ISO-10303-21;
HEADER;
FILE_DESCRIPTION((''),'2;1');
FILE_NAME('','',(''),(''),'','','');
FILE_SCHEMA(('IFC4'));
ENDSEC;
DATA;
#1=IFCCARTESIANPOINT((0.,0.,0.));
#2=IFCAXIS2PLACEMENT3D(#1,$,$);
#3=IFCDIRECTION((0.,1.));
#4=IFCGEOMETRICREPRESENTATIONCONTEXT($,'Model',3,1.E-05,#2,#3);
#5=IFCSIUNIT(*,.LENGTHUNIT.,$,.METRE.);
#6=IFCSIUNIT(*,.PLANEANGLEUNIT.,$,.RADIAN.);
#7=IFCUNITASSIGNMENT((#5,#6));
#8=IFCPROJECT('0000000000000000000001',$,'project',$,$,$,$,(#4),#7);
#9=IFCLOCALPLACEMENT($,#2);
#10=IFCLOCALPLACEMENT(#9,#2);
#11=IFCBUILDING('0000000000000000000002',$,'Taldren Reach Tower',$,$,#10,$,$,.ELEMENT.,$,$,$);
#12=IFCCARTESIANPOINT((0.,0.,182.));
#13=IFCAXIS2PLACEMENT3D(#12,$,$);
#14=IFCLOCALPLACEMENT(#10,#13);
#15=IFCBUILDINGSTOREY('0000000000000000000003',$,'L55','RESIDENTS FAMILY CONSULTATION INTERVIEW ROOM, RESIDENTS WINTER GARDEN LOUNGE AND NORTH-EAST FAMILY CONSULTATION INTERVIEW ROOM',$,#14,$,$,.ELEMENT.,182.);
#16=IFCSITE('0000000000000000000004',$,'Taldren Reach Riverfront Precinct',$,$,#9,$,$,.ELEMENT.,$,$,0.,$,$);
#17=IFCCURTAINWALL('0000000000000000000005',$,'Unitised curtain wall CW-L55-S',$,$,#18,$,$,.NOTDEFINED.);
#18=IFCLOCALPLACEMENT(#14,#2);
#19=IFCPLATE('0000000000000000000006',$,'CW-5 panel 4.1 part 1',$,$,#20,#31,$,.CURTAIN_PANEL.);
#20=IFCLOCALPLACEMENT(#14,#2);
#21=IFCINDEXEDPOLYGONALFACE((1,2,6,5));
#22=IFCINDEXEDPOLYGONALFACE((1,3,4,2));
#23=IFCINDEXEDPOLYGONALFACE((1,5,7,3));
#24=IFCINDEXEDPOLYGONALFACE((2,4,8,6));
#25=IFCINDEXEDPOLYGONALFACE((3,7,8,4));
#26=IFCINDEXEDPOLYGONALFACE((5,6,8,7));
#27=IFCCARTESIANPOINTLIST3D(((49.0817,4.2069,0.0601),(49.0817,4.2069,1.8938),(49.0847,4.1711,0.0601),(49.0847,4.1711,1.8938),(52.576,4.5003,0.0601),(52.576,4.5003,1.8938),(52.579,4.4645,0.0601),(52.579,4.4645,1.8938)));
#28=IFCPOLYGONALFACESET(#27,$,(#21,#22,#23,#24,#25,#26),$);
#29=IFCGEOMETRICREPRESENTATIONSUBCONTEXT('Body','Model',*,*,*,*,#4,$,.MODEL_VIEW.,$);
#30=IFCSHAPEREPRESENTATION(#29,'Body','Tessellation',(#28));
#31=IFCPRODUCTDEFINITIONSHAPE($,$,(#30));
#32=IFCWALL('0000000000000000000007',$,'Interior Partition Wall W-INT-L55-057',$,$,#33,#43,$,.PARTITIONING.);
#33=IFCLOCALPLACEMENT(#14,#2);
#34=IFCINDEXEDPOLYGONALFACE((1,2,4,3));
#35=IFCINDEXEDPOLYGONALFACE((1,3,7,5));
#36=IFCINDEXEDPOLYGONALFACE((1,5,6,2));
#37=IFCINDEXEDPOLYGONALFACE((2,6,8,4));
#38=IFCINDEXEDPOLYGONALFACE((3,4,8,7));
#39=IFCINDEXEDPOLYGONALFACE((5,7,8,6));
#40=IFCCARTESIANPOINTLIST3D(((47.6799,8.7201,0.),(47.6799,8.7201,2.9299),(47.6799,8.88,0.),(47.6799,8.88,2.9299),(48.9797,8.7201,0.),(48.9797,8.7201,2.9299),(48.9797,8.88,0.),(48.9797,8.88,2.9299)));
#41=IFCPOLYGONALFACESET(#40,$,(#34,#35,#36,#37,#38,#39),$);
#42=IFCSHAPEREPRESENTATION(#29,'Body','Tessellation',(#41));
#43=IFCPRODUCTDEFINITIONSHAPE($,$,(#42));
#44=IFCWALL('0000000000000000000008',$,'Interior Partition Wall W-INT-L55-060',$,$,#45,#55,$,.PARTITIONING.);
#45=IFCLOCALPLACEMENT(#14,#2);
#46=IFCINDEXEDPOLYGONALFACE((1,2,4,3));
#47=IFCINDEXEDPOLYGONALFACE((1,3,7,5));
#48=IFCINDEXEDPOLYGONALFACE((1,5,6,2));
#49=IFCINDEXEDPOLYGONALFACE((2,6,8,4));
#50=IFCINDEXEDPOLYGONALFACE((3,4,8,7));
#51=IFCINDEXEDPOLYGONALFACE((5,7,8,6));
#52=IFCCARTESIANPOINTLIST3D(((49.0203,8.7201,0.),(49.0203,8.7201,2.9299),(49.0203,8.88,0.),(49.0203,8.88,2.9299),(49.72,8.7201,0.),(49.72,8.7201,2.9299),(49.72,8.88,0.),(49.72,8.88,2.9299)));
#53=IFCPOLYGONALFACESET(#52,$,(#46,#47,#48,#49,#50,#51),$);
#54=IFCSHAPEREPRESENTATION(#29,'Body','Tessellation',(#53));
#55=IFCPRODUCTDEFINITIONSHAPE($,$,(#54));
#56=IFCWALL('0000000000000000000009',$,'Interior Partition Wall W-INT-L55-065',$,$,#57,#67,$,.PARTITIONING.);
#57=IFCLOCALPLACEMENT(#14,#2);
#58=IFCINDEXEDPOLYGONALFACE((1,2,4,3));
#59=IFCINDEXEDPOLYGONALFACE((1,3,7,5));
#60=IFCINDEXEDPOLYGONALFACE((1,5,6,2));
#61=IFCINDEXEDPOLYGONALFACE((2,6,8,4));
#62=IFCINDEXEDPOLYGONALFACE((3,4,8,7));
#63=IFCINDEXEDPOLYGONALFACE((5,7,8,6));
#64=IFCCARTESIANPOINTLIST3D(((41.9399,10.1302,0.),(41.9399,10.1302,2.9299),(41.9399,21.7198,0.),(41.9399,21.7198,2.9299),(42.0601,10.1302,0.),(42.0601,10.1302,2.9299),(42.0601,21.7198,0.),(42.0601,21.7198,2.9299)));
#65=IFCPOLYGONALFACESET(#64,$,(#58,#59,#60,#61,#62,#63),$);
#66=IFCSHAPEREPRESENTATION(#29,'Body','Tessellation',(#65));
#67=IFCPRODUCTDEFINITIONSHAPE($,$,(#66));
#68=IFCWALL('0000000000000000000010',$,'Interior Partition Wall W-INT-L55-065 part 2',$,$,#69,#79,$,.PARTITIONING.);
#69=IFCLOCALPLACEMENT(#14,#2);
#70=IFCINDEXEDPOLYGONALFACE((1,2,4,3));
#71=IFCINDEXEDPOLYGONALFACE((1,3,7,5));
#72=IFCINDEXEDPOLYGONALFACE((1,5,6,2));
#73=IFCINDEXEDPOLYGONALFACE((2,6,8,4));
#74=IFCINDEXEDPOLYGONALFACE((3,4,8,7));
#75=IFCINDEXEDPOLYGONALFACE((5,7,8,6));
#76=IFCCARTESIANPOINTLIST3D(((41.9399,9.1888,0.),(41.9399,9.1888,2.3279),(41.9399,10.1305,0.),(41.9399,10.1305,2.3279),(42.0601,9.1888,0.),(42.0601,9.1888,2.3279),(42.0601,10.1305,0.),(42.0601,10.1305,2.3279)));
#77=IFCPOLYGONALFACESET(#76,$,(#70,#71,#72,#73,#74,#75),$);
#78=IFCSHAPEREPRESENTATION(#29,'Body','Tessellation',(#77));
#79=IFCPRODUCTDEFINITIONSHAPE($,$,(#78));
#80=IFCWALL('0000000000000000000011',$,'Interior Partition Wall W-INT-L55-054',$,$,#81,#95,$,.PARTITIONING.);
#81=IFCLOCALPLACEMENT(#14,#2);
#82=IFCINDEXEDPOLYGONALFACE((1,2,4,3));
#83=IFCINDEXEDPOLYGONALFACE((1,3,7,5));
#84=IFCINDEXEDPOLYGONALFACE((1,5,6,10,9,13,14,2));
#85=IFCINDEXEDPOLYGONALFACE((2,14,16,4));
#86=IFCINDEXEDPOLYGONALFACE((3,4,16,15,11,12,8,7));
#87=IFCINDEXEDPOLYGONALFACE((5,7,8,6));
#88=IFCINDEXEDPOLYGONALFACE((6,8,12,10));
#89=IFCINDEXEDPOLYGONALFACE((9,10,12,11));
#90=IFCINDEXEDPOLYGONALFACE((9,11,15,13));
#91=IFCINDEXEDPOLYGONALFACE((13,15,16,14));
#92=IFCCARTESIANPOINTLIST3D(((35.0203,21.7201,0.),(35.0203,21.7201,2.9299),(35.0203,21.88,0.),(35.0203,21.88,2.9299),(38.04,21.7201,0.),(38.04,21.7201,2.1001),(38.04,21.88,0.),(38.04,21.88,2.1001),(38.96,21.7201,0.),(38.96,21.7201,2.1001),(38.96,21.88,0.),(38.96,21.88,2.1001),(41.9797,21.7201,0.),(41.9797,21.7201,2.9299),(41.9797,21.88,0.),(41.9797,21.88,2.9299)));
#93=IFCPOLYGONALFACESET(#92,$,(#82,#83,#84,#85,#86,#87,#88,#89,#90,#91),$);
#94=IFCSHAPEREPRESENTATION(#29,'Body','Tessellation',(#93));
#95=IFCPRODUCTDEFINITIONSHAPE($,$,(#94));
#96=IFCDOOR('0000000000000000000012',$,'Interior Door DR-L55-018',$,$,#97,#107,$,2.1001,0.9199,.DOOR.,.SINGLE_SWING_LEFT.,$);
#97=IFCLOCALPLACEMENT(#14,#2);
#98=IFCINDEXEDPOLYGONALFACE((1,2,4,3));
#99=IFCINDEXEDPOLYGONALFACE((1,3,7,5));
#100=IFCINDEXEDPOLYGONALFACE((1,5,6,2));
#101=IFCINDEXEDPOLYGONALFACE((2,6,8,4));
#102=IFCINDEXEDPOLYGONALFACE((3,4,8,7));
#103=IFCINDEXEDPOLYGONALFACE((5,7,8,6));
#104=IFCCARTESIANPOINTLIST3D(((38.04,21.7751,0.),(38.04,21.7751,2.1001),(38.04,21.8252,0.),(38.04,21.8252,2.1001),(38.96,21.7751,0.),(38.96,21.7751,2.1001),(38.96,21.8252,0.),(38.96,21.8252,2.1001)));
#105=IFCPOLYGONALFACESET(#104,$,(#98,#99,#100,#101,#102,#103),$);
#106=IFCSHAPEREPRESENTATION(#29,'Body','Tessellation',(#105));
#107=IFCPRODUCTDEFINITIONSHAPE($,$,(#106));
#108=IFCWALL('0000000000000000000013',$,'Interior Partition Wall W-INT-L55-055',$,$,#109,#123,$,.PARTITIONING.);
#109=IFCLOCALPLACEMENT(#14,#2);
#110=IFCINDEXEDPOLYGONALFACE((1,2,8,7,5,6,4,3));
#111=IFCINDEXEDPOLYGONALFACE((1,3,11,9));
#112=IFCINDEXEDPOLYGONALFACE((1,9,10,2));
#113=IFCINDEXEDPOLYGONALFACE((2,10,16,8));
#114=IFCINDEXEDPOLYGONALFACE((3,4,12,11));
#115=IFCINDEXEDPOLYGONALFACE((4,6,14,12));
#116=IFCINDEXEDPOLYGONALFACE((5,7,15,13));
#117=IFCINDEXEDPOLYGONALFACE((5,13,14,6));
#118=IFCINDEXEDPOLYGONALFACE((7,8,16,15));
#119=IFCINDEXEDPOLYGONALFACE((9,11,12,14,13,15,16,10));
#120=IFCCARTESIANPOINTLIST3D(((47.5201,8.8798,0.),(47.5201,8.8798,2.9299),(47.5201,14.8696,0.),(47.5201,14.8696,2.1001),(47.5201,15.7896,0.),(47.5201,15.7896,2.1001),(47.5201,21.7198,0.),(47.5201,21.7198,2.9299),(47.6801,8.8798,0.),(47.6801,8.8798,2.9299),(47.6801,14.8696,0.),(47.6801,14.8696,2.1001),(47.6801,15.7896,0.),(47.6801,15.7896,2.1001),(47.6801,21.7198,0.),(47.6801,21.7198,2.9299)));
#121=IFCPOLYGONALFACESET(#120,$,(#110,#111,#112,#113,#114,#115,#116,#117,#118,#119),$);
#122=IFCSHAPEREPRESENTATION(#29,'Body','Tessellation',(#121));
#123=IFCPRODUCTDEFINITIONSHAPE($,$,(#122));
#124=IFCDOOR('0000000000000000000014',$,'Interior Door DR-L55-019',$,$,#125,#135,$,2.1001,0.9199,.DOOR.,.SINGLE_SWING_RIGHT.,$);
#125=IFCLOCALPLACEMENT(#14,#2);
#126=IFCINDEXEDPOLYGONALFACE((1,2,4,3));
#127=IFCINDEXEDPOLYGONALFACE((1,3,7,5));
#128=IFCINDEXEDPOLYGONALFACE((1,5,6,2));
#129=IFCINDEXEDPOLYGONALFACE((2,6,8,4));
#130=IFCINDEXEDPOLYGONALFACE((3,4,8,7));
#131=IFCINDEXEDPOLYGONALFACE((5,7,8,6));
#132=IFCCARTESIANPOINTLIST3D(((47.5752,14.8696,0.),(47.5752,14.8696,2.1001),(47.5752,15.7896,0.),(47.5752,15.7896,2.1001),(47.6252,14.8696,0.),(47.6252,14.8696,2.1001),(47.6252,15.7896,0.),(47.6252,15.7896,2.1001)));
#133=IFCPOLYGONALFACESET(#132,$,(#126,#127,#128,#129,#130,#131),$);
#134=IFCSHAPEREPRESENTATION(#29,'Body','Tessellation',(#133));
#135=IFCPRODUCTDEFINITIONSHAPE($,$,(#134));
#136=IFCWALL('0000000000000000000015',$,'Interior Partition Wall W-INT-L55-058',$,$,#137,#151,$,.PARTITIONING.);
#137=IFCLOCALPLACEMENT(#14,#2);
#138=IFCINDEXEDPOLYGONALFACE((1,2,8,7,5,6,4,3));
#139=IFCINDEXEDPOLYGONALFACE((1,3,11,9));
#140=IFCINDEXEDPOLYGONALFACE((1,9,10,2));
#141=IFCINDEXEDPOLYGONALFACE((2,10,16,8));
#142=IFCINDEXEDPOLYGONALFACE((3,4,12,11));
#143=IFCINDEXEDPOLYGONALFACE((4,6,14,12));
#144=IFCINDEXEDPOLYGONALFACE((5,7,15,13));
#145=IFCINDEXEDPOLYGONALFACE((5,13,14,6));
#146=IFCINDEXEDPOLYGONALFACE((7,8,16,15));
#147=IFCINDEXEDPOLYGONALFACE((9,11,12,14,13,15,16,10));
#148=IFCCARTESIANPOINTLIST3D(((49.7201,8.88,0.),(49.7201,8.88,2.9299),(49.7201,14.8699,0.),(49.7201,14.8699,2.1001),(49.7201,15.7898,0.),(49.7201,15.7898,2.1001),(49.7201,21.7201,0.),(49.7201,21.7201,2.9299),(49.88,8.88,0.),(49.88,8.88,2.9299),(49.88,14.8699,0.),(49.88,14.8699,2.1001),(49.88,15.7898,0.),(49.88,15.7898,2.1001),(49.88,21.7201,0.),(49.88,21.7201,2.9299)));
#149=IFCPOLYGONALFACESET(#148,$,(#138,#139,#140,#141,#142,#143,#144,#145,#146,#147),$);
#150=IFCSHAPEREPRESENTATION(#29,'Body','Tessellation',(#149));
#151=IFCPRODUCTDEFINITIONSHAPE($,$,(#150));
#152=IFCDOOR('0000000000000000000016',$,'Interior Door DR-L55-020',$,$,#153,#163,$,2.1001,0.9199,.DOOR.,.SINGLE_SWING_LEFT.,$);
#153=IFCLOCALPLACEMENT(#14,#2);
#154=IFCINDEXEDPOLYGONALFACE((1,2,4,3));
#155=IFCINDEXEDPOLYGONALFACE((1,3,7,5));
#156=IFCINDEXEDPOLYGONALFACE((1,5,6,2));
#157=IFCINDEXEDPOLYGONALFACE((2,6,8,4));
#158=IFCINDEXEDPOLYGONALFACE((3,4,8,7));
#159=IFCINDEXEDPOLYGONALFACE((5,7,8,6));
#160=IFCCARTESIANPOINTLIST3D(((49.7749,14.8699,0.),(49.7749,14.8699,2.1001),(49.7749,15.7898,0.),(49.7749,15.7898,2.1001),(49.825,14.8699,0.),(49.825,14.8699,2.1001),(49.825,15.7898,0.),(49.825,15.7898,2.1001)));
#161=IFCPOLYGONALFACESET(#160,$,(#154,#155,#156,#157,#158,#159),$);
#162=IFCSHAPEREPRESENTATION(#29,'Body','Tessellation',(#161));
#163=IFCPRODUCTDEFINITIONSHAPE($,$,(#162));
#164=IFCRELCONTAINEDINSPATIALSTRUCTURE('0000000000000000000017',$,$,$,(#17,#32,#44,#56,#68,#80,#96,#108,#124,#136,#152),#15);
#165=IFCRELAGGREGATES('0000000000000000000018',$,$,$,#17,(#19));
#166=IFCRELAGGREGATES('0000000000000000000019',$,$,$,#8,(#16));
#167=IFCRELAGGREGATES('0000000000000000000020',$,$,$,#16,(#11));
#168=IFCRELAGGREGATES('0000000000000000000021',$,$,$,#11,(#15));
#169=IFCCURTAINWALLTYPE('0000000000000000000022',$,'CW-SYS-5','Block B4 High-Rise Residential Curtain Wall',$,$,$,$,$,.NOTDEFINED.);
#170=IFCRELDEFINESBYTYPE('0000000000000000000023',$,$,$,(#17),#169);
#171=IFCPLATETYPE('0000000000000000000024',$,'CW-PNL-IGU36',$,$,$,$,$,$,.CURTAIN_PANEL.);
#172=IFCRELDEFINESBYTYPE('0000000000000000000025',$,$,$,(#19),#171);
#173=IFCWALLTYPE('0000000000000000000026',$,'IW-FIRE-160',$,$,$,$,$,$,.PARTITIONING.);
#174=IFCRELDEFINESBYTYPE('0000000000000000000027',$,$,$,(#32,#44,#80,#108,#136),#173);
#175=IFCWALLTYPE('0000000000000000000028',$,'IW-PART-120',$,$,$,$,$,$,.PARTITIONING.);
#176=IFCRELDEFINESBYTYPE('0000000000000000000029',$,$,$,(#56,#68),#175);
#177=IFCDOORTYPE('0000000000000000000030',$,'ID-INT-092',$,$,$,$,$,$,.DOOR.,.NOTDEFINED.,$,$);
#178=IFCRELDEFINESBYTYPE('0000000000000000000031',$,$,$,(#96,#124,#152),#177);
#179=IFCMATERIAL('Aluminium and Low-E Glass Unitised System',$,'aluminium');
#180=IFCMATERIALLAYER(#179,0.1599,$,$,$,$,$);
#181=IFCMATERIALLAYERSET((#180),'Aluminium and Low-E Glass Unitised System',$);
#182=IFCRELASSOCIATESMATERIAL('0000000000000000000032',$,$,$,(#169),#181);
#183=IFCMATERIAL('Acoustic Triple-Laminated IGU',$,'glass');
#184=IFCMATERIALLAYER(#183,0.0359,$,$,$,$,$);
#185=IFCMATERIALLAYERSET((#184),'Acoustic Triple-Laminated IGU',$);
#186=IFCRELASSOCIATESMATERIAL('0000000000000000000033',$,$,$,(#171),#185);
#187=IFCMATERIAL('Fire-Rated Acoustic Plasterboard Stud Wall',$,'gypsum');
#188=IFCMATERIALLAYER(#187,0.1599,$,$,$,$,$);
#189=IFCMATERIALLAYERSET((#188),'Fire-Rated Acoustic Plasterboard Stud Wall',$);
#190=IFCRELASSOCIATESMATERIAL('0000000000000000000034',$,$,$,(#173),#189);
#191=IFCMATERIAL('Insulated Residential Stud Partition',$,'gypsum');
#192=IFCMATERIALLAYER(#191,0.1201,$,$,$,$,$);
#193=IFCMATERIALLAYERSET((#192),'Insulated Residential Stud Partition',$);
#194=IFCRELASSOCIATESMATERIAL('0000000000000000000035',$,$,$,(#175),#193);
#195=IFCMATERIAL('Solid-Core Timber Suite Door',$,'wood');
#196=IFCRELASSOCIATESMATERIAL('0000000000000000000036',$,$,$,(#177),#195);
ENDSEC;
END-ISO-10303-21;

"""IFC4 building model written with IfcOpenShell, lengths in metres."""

from ifc_helpers import new_model, si_unit, direction, frame, frame_2d, origin, origin_2d, place, context, subcontext, project, spatial, rectangle, extrude, source, transform, mapped, material, layer, layer_set, type_object, element, fill, aggregate, save


model = new_model("IFC4")

# Units and contexts
model_context = context("Model", 3, precision=1e-05, world=origin(), true_north=direction((0.0, 1.0)))
body_context = subcontext(model_context, "Body", "Model", "MODEL_VIEW")
ifc_project = project(units=[si_unit("LENGTHUNIT", "METRE"), si_unit("PLANEANGLEUNIT", "RADIAN")], contexts=[model_context])

# Site, building, storey
site_placement = place(None, origin())
site = spatial("IfcSite", under=ifc_project, at=site_placement, Name="Taldren Reach Riverfront Precinct", CompositionType="ELEMENT", RefElevation=0.0)
building_placement = place(site_placement, origin())
building = spatial("IfcBuilding", under=site, at=building_placement, Name="Taldren Reach Tower", CompositionType="ELEMENT")
storey_placement = place(building_placement, frame((0.0, 0.0, 182.0)))
storey = spatial("IfcBuildingStorey", under=building, at=storey_placement, Name="L55", Description="RESIDENTS FAMILY CONSULTATION INTERVIEW ROOM, RESIDENTS WINTER GARDEN LOUNGE AND NORTH-EAST FAMILY CONSULTATION INTERVIEW ROOM", CompositionType="ELEMENT", Elevation=182.0)

# Curtain wall, plate
ifc_material_1 = material(Name="Aluminium and Low-E Glass Unitised System", Category="aluminium")
ifc_layer_1 = layer(ifc_material_1, 0.1599)
ifc_layer_set_1 = layer_set([ifc_layer_1], Name="Aluminium and Low-E Glass Unitised System")
curtain_wall_type = type_object("IfcCurtainWallType", Name="CW-SYS-5", Description="Block B4 High-Rise Residential Curtain Wall", PredefinedType="NOTDEFINED", material=ifc_layer_set_1)
curtain_wall_placement = place(storey_placement, origin())
curtain_wall = element("IfcCurtainWall", 1, at=curtain_wall_placement, inside=storey, type_object=curtain_wall_type, Name="Unitised curtain wall CW-L55-S", PredefinedType="NOTDEFINED")
ifc_material_2 = material(Name="Acoustic Triple-Laminated IGU", Category="glass")
ifc_layer_2 = layer(ifc_material_2, 0.0359)
ifc_layer_set_2 = layer_set([ifc_layer_2], Name="Acoustic Triple-Laminated IGU")
plate_type = type_object("IfcPlateType", Name="CW-PNL-IGU36", PredefinedType="CURTAIN_PANEL", material=ifc_layer_set_2)
shared_shape_1 = source(origin(), body_context, "Body", "SweptSolid", [
    extrude(rectangle(XDim=3.5066, YDim=0.0359, at=origin_2d()), origin(), (0.0, 0.0, 1.0), 1.8337),
])
plate_placement = place(storey_placement, frame((50.8303, 4.3357, 0.0601), z_axis=(0.0, 0.0, 1.0), x_axis=(0.996493, 0.083678, 0.0)))
plate = element("IfcPlate", 2, at=plate_placement, type_object=plate_type, Name="CW-5 panel 4.1 part 1", PredefinedType="CURTAIN_PANEL", context=body_context, shape_type="MappedRepresentation", body=[
    mapped(shared_shape_1, transform((0.0, 0.0, 0.0), scale=1.0)),
])
aggregate(curtain_wall, [plate])

# Walls
ifc_material_3 = material(Name="Fire-Rated Acoustic Plasterboard Stud Wall", Category="gypsum")
ifc_layer_3 = layer(ifc_material_3, 0.1599)
ifc_layer_set_3 = layer_set([ifc_layer_3], Name="Fire-Rated Acoustic Plasterboard Stud Wall")
wall_type_1 = type_object("IfcWallType", Name="IW-FIRE-160", PredefinedType="PARTITIONING", material=ifc_layer_set_3)
shared_shape_2 = source(origin(), body_context, "Body", "SweptSolid", [
    extrude(rectangle(XDim=1.2998, YDim=0.1599, at=frame_2d((0.6499, 0.0))), origin(), (0.0, 0.0, 1.0), 2.9299),
])
wall_1_placement = place(storey_placement, frame((48.9797, 8.8, 0.0), z_axis=(0.0, 0.0, 1.0), x_axis=(-1.0, 0.0, 0.0)))
element("IfcWall", 3, at=wall_1_placement, inside=storey, type_object=wall_type_1, Name="Interior Partition Wall W-INT-L55-057", PredefinedType="PARTITIONING", context=body_context, shape_type="MappedRepresentation", body=[
    mapped(shared_shape_2, transform((0.0, 0.0, 0.0), scale=1.0)),
])
shared_shape_3 = source(origin(), body_context, "Body", "SweptSolid", [
    extrude(rectangle(XDim=0.6997, YDim=0.1599, at=frame_2d((0.3499, 0.0))), origin(), (0.0, 0.0, 1.0), 2.9299),
])
wall_2_placement = place(storey_placement, frame((49.72, 8.8, 0.0), z_axis=(0.0, 0.0, 1.0), x_axis=(-1.0, 0.0, 0.0)))
element("IfcWall", 4, at=wall_2_placement, inside=storey, type_object=wall_type_1, Name="Interior Partition Wall W-INT-L55-060", PredefinedType="PARTITIONING", context=body_context, shape_type="MappedRepresentation", body=[
    mapped(shared_shape_3, transform((0.0, 0.0, 0.0), scale=1.0)),
])
ifc_material_4 = material(Name="Insulated Residential Stud Partition", Category="gypsum")
ifc_layer_4 = layer(ifc_material_4, 0.1201)
ifc_layer_set_4 = layer_set([ifc_layer_4], Name="Insulated Residential Stud Partition")
wall_type_2 = type_object("IfcWallType", Name="IW-PART-120", PredefinedType="PARTITIONING", material=ifc_layer_set_4)
shared_shape_4 = source(origin(), body_context, "Body", "SweptSolid", [
    extrude(rectangle(XDim=11.5896, YDim=0.1201, at=frame_2d((5.7949, 0.0))), origin(), (0.0, 0.0, 1.0), 2.9299),
])
wall_3_placement = place(storey_placement, frame((42.0, 21.72, 0.0), z_axis=(0.0, 0.0, 1.0), x_axis=(0.0, -1.0, 0.0)))
element("IfcWall", 5, at=wall_3_placement, inside=storey, type_object=wall_type_2, Name="Interior Partition Wall W-INT-L55-065", PredefinedType="PARTITIONING", context=body_context, shape_type="MappedRepresentation", body=[
    mapped(shared_shape_4, transform((0.0, 0.0, 0.0), scale=1.0)),
])
shared_shape_5 = source(origin(), body_context, "Body", "SweptSolid", [
    extrude(rectangle(XDim=0.9417, YDim=0.1201, at=frame_2d((0.4707, 0.0))), origin(), (0.0, 0.0, 1.0), 2.3279),
])
wall_4_placement = place(storey_placement, frame((42.0, 10.1304, 0.0), z_axis=(0.0, 0.0, 1.0), x_axis=(0.0, -1.0, 0.0)))
element("IfcWall", 6, at=wall_4_placement, inside=storey, type_object=wall_type_2, Name="Interior Partition Wall W-INT-L55-065 part 2", PredefinedType="PARTITIONING", context=body_context, shape_type="MappedRepresentation", body=[
    mapped(shared_shape_5, transform((0.0, 0.0, 0.0), scale=1.0)),
])

# Walls, openings, doors
shared_shape_6 = source(origin(), body_context, "Body", "SweptSolid", [
    extrude(rectangle(XDim=6.9595, YDim=0.1599, at=frame_2d((3.4797, 0.0))), origin(), (0.0, 0.0, 1.0), 2.9299),
])
wall_5_placement = place(storey_placement, frame((41.9797, 21.8, 0.0), z_axis=(0.0, 0.0, 1.0), x_axis=(-1.0, 0.0, 0.0)))
wall_5 = element("IfcWall", 7, at=wall_5_placement, inside=storey, type_object=wall_type_1, Name="Interior Partition Wall W-INT-L55-054", PredefinedType="PARTITIONING", context=body_context, shape_type="MappedRepresentation", body=[
    mapped(shared_shape_6, transform((0.0, 0.0, 0.0), scale=1.0)),
])
shared_shape_7 = source(origin(), body_context, "Body", "SweptSolid", [
    extrude(rectangle(XDim=0.9199, YDim=2.1001, at=frame_2d((0.46, 1.05))), frame((0.0, 0.0898, 0.0), z_axis=(0.0, -1.0, 0.0), x_axis=(1.0, 0.0, 0.0)), (0.0, 0.0, 1.0), 0.1799),
])
opening_1_placement = place(wall_5_placement, frame((3.0198, 0.0, 0.0)))
opening_1 = element("IfcOpeningElement", 8, at=opening_1_placement, cuts=wall_5, PredefinedType="OPENING", context=body_context, shape_type="MappedRepresentation", body=[
    mapped(shared_shape_7, transform((0.0, 0.0, 0.0), scale=1.0)),
])
ifc_material_5 = material(Name="Solid-Core Timber Suite Door", Category="wood")
door_type = type_object("IfcDoorType", Name="ID-INT-092", OperationType="NOTDEFINED", PredefinedType="DOOR", material=ifc_material_5)
shared_shape_8 = source(origin(), body_context, "Body", "SweptSolid", [
    extrude(rectangle(XDim=0.9199, YDim=2.1001, at=frame_2d((0.46, 1.05))), frame((0.0, 0.0249, 0.0), z_axis=(0.0, -1.0, 0.0), x_axis=(1.0, 0.0, 0.0)), (0.0, 0.0, 1.0), 0.05),
])
door_1_placement = place(opening_1_placement, origin())
door_1 = element("IfcDoor", 9, at=door_1_placement, inside=storey, type_object=door_type, Name="Interior Door DR-L55-018", OperationType="SINGLE_SWING_LEFT", OverallHeight=2.1001, OverallWidth=0.9199, PredefinedType="DOOR", context=body_context, shape_type="MappedRepresentation", body=[
    mapped(shared_shape_8, transform((0.0, 0.0, 0.0), scale=1.0)),
])
fill(opening_1, door_1)
shared_shape_9 = source(origin(), body_context, "Body", "SweptSolid", [
    extrude(rectangle(XDim=12.8401, YDim=0.1599, at=frame_2d((6.4199, 0.0))), origin(), (0.0, 0.0, 1.0), 2.9299),
])
wall_6_placement = place(storey_placement, frame((47.6001, 8.8799, 0.0), z_axis=(0.0, 0.0, 1.0), x_axis=(0.0, 1.0, 0.0)))
wall_6 = element("IfcWall", 10, at=wall_6_placement, inside=storey, type_object=wall_type_1, Name="Interior Partition Wall W-INT-L55-055", PredefinedType="PARTITIONING", context=body_context, shape_type="MappedRepresentation", body=[
    mapped(shared_shape_9, transform((0.0, 0.0, 0.0), scale=1.0)),
])
opening_2_placement = place(wall_6_placement, frame((5.9897, 0.0, 0.0)))
opening_2 = element("IfcOpeningElement", 11, at=opening_2_placement, cuts=wall_6, PredefinedType="OPENING", context=body_context, shape_type="MappedRepresentation", body=[
    mapped(shared_shape_7, transform((0.0, 0.0, 0.0), scale=1.0)),
])
door_2_placement = place(opening_2_placement, origin())
door_2 = element("IfcDoor", 12, at=door_2_placement, inside=storey, type_object=door_type, Name="Interior Door DR-L55-019", OperationType="SINGLE_SWING_RIGHT", OverallHeight=2.1001, OverallWidth=0.9199, PredefinedType="DOOR", context=body_context, shape_type="MappedRepresentation", body=[
    mapped(shared_shape_8, transform((0.0, 0.0, 0.0), scale=1.0)),
])
fill(opening_2, door_2)
wall_7_placement = place(storey_placement, frame((49.8, 21.72, 0.0), z_axis=(0.0, 0.0, 1.0), x_axis=(0.0, -1.0, 0.0)))
wall_7 = element("IfcWall", 13, at=wall_7_placement, inside=storey, type_object=wall_type_1, Name="Interior Partition Wall W-INT-L55-058", PredefinedType="PARTITIONING", context=body_context, shape_type="MappedRepresentation", body=[
    mapped(shared_shape_9, transform((0.0, 0.0, 0.0), scale=1.0)),
])
opening_3_placement = place(wall_7_placement, frame((5.9302, 0.0, 0.0)))
opening_3 = element("IfcOpeningElement", 14, at=opening_3_placement, cuts=wall_7, PredefinedType="OPENING", context=body_context, shape_type="MappedRepresentation", body=[
    mapped(shared_shape_7, transform((0.0, 0.0, 0.0), scale=1.0)),
])
door_3_placement = place(opening_3_placement, origin())
door_3 = element("IfcDoor", 15, at=door_3_placement, inside=storey, type_object=door_type, Name="Interior Door DR-L55-020", OperationType="SINGLE_SWING_LEFT", OverallHeight=2.1001, OverallWidth=0.9199, PredefinedType="DOOR", context=body_context, shape_type="MappedRepresentation", body=[
    mapped(shared_shape_8, transform((0.0, 0.0, 0.0), scale=1.0)),
])
fill(opening_3, door_3)

save(model, "model.ifc")
